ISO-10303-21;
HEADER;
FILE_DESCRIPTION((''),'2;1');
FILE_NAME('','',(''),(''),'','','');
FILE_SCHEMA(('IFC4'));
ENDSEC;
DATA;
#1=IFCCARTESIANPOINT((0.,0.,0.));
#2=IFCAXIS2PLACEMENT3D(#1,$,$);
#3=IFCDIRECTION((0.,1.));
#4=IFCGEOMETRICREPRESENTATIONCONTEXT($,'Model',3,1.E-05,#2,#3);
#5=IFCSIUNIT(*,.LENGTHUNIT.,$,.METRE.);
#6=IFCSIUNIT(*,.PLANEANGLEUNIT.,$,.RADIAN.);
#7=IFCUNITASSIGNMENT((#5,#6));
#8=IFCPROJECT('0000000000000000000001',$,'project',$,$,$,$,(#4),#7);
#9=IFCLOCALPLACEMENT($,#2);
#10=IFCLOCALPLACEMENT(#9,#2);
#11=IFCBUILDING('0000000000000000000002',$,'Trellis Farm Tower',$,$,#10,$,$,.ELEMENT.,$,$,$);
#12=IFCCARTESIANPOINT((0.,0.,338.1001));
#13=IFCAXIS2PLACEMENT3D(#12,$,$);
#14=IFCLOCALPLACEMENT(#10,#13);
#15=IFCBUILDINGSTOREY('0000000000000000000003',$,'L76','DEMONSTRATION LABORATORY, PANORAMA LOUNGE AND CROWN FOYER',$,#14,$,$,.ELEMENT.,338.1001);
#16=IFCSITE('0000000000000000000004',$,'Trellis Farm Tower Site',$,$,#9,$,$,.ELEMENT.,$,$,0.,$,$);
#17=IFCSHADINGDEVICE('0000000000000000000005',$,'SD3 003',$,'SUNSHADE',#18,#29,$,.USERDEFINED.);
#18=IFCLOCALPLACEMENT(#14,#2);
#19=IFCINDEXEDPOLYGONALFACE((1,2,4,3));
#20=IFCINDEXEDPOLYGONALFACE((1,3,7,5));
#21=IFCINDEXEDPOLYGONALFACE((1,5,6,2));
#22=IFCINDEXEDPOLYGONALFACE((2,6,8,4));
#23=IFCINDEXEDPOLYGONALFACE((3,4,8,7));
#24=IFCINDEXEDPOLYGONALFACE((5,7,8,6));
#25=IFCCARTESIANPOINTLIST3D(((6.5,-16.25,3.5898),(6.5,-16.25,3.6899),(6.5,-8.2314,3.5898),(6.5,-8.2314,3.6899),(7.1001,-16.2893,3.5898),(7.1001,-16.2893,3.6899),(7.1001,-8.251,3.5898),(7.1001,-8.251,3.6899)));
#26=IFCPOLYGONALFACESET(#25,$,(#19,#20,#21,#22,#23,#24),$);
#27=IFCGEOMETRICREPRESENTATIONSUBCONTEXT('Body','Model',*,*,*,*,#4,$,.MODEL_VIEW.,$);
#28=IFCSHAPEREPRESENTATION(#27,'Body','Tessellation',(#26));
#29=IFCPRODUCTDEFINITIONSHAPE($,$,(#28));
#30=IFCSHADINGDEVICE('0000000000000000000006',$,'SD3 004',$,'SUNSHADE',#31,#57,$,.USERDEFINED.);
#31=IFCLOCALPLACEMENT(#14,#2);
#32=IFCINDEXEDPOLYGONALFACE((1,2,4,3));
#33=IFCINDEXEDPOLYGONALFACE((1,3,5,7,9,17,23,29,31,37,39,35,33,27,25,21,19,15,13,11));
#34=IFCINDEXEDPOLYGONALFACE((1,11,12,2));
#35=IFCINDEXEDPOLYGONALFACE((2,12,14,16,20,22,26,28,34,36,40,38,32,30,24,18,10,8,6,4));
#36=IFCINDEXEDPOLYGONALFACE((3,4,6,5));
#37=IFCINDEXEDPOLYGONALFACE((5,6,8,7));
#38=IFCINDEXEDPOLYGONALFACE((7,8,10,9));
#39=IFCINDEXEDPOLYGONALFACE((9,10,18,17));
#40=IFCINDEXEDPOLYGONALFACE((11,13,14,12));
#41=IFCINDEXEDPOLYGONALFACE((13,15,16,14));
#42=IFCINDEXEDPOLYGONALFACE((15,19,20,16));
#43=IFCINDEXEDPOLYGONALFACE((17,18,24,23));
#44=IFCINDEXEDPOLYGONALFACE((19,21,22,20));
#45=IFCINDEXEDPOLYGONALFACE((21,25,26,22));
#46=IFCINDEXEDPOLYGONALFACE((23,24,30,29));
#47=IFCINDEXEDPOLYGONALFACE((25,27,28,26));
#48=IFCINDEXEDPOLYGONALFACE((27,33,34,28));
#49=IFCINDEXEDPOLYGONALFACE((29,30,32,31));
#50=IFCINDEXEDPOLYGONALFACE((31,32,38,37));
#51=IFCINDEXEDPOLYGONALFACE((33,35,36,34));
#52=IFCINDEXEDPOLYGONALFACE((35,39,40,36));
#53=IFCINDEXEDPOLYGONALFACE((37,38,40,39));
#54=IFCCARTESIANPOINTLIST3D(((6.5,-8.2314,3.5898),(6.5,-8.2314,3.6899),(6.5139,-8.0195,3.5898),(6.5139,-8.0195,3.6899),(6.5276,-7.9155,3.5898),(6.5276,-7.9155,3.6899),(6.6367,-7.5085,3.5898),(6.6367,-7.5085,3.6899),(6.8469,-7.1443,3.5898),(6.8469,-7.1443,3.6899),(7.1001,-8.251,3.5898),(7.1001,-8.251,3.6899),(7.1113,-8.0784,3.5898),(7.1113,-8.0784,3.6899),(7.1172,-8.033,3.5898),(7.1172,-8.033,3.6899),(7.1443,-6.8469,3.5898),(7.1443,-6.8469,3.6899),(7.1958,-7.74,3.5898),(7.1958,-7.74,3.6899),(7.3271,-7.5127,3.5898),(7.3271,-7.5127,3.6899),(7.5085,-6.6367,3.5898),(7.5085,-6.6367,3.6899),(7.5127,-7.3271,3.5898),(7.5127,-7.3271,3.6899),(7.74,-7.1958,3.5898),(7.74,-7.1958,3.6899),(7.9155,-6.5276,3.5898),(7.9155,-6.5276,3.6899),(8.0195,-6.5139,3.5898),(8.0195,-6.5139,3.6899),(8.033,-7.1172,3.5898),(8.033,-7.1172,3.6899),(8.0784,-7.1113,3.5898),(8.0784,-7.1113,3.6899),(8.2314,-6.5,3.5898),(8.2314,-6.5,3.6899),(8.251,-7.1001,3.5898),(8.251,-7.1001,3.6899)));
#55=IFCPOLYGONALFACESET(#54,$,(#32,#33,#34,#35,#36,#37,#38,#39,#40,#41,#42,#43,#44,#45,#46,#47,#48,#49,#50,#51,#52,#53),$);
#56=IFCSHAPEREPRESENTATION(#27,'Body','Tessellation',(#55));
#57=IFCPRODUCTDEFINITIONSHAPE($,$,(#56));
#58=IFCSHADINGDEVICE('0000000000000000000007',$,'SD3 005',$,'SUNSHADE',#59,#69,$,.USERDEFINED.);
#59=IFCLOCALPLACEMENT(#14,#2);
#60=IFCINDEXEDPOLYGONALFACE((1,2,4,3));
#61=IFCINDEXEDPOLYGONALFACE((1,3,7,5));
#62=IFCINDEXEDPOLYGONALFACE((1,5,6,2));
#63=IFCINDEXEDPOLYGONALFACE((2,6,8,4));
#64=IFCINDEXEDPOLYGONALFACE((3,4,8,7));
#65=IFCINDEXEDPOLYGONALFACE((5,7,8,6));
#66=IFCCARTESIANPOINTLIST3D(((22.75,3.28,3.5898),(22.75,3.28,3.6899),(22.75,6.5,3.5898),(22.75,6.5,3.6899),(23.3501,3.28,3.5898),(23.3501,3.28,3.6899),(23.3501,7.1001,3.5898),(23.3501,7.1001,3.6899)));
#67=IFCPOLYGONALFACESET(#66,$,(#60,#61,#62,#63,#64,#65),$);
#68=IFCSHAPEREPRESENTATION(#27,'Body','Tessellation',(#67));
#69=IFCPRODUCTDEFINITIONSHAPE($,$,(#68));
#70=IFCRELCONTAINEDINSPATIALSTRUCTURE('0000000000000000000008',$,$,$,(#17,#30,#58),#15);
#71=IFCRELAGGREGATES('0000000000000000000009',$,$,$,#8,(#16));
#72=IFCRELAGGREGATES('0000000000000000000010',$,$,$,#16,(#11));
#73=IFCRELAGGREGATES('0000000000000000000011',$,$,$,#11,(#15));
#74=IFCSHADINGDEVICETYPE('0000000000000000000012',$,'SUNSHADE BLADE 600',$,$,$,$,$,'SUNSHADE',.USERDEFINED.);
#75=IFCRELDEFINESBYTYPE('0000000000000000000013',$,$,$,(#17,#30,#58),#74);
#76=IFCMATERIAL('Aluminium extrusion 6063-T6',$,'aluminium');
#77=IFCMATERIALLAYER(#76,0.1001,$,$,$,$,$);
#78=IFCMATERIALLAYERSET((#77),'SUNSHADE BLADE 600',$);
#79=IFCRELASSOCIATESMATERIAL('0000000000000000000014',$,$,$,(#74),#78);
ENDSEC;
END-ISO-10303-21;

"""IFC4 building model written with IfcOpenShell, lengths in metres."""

from ifc_helpers import new_model, si_unit, direction, frame, origin, place, context, subcontext, project, spatial, polyline, outline, extrude, source, transform, mapped, material, layer, layer_set, type_object, element, save


model = new_model("IFC4")

# Units and contexts
model_context = context("Model", 3, precision=1e-05, world=origin(), true_north=direction((0.0, 1.0)))
body_context = subcontext(model_context, "Body", "Model", "MODEL_VIEW")
ifc_project = project(units=[si_unit("LENGTHUNIT", "METRE"), si_unit("PLANEANGLEUNIT", "RADIAN")], contexts=[model_context])

# Site, building, storey
site_placement = place(None, origin())
site = spatial("IfcSite", under=ifc_project, at=site_placement, Name="Trellis Farm Tower Site", CompositionType="ELEMENT", RefElevation=0.0)
building_placement = place(site_placement, origin())
building = spatial("IfcBuilding", under=site, at=building_placement, Name="Trellis Farm Tower", CompositionType="ELEMENT")
storey_placement = place(building_placement, frame((0.0, 0.0, 338.1001)))
storey = spatial("IfcBuildingStorey", under=building, at=storey_placement, Name="L76", Description="DEMONSTRATION LABORATORY, PANORAMA LOUNGE AND CROWN FOYER", CompositionType="ELEMENT", Elevation=338.1001)

# Shared definitions
ifc_material_1 = material(Name="Aluminium extrusion 6063-T6", Category="aluminium")

# Shading devices
ifc_layer_1 = layer(ifc_material_1, 0.1001)
ifc_layer_set_1 = layer_set([ifc_layer_1], Name="SUNSHADE BLADE 600")
shading_device_type = type_object("IfcShadingDeviceType", Name="SUNSHADE BLADE 600", ElementType="SUNSHADE", PredefinedType="USERDEFINED", material=ifc_layer_set_1)
placement_1 = place(storey_placement, frame((0.0, 0.0, 3.5898)))
shared_shape_1 = source(origin(), body_context, "Body", "SweptSolid", [
    extrude(outline(polyline([(7.1001, -16.2893), (7.1001, -8.251), (6.5, -8.2314), (6.5, -16.25), (7.1001, -16.2893)])), origin(), (0.0, 0.0, 1.0), 0.1001),
])
element("IfcShadingDevice", 1, at=placement_1, inside=storey, type_object=shading_device_type, Name="SD3 003", ObjectType="SUNSHADE", PredefinedType="USERDEFINED", context=body_context, shape_type="MappedRepresentation", body=[
    mapped(shared_shape_1, transform((0.0, 0.0, 0.0))),
])
shared_shape_2 = source(origin(), body_context, "Body", "SweptSolid", [
    extrude(outline(polyline([(7.1001, -8.251), (7.1113, -8.0784), (7.1172, -8.033), (7.1958, -7.74), (7.3271, -7.5127), (7.5127, -7.3271), (7.74, -7.1958), (8.033, -7.1172), (8.0784, -7.1113), (8.251, -7.1001), (8.2314, -6.5), (8.0195, -6.5139), (7.9155, -6.5276), (7.5085, -6.6367), (7.1443, -6.8469), (6.8469, -7.1443), (6.6367, -7.5085), (6.5276, -7.9155), (6.5139, -8.0195), (6.5, -8.2314), (7.1001, -8.251)])), origin(), (0.0, 0.0, 1.0), 0.1001),
])
element("IfcShadingDevice", 2, at=placement_1, inside=storey, type_object=shading_device_type, Name="SD3 004", ObjectType="SUNSHADE", PredefinedType="USERDEFINED", context=body_context, shape_type="MappedRepresentation", body=[
    mapped(shared_shape_2, transform((0.0, 0.0, 0.0))),
])
shared_shape_3 = source(origin(), body_context, "Body", "SweptSolid", [
    extrude(outline(polyline([(23.3501, 3.28), (23.3501, 7.1001), (22.75, 6.5), (22.75, 3.28), (23.3501, 3.28)])), origin(), (0.0, 0.0, 1.0), 0.1001),
])
element("IfcShadingDevice", 3, at=placement_1, inside=storey, type_object=shading_device_type, Name="SD3 005", ObjectType="SUNSHADE", PredefinedType="USERDEFINED", context=body_context, shape_type="MappedRepresentation", body=[
    mapped(shared_shape_3, transform((0.0, 0.0, 0.0))),
])

save(model, "model.ifc")
